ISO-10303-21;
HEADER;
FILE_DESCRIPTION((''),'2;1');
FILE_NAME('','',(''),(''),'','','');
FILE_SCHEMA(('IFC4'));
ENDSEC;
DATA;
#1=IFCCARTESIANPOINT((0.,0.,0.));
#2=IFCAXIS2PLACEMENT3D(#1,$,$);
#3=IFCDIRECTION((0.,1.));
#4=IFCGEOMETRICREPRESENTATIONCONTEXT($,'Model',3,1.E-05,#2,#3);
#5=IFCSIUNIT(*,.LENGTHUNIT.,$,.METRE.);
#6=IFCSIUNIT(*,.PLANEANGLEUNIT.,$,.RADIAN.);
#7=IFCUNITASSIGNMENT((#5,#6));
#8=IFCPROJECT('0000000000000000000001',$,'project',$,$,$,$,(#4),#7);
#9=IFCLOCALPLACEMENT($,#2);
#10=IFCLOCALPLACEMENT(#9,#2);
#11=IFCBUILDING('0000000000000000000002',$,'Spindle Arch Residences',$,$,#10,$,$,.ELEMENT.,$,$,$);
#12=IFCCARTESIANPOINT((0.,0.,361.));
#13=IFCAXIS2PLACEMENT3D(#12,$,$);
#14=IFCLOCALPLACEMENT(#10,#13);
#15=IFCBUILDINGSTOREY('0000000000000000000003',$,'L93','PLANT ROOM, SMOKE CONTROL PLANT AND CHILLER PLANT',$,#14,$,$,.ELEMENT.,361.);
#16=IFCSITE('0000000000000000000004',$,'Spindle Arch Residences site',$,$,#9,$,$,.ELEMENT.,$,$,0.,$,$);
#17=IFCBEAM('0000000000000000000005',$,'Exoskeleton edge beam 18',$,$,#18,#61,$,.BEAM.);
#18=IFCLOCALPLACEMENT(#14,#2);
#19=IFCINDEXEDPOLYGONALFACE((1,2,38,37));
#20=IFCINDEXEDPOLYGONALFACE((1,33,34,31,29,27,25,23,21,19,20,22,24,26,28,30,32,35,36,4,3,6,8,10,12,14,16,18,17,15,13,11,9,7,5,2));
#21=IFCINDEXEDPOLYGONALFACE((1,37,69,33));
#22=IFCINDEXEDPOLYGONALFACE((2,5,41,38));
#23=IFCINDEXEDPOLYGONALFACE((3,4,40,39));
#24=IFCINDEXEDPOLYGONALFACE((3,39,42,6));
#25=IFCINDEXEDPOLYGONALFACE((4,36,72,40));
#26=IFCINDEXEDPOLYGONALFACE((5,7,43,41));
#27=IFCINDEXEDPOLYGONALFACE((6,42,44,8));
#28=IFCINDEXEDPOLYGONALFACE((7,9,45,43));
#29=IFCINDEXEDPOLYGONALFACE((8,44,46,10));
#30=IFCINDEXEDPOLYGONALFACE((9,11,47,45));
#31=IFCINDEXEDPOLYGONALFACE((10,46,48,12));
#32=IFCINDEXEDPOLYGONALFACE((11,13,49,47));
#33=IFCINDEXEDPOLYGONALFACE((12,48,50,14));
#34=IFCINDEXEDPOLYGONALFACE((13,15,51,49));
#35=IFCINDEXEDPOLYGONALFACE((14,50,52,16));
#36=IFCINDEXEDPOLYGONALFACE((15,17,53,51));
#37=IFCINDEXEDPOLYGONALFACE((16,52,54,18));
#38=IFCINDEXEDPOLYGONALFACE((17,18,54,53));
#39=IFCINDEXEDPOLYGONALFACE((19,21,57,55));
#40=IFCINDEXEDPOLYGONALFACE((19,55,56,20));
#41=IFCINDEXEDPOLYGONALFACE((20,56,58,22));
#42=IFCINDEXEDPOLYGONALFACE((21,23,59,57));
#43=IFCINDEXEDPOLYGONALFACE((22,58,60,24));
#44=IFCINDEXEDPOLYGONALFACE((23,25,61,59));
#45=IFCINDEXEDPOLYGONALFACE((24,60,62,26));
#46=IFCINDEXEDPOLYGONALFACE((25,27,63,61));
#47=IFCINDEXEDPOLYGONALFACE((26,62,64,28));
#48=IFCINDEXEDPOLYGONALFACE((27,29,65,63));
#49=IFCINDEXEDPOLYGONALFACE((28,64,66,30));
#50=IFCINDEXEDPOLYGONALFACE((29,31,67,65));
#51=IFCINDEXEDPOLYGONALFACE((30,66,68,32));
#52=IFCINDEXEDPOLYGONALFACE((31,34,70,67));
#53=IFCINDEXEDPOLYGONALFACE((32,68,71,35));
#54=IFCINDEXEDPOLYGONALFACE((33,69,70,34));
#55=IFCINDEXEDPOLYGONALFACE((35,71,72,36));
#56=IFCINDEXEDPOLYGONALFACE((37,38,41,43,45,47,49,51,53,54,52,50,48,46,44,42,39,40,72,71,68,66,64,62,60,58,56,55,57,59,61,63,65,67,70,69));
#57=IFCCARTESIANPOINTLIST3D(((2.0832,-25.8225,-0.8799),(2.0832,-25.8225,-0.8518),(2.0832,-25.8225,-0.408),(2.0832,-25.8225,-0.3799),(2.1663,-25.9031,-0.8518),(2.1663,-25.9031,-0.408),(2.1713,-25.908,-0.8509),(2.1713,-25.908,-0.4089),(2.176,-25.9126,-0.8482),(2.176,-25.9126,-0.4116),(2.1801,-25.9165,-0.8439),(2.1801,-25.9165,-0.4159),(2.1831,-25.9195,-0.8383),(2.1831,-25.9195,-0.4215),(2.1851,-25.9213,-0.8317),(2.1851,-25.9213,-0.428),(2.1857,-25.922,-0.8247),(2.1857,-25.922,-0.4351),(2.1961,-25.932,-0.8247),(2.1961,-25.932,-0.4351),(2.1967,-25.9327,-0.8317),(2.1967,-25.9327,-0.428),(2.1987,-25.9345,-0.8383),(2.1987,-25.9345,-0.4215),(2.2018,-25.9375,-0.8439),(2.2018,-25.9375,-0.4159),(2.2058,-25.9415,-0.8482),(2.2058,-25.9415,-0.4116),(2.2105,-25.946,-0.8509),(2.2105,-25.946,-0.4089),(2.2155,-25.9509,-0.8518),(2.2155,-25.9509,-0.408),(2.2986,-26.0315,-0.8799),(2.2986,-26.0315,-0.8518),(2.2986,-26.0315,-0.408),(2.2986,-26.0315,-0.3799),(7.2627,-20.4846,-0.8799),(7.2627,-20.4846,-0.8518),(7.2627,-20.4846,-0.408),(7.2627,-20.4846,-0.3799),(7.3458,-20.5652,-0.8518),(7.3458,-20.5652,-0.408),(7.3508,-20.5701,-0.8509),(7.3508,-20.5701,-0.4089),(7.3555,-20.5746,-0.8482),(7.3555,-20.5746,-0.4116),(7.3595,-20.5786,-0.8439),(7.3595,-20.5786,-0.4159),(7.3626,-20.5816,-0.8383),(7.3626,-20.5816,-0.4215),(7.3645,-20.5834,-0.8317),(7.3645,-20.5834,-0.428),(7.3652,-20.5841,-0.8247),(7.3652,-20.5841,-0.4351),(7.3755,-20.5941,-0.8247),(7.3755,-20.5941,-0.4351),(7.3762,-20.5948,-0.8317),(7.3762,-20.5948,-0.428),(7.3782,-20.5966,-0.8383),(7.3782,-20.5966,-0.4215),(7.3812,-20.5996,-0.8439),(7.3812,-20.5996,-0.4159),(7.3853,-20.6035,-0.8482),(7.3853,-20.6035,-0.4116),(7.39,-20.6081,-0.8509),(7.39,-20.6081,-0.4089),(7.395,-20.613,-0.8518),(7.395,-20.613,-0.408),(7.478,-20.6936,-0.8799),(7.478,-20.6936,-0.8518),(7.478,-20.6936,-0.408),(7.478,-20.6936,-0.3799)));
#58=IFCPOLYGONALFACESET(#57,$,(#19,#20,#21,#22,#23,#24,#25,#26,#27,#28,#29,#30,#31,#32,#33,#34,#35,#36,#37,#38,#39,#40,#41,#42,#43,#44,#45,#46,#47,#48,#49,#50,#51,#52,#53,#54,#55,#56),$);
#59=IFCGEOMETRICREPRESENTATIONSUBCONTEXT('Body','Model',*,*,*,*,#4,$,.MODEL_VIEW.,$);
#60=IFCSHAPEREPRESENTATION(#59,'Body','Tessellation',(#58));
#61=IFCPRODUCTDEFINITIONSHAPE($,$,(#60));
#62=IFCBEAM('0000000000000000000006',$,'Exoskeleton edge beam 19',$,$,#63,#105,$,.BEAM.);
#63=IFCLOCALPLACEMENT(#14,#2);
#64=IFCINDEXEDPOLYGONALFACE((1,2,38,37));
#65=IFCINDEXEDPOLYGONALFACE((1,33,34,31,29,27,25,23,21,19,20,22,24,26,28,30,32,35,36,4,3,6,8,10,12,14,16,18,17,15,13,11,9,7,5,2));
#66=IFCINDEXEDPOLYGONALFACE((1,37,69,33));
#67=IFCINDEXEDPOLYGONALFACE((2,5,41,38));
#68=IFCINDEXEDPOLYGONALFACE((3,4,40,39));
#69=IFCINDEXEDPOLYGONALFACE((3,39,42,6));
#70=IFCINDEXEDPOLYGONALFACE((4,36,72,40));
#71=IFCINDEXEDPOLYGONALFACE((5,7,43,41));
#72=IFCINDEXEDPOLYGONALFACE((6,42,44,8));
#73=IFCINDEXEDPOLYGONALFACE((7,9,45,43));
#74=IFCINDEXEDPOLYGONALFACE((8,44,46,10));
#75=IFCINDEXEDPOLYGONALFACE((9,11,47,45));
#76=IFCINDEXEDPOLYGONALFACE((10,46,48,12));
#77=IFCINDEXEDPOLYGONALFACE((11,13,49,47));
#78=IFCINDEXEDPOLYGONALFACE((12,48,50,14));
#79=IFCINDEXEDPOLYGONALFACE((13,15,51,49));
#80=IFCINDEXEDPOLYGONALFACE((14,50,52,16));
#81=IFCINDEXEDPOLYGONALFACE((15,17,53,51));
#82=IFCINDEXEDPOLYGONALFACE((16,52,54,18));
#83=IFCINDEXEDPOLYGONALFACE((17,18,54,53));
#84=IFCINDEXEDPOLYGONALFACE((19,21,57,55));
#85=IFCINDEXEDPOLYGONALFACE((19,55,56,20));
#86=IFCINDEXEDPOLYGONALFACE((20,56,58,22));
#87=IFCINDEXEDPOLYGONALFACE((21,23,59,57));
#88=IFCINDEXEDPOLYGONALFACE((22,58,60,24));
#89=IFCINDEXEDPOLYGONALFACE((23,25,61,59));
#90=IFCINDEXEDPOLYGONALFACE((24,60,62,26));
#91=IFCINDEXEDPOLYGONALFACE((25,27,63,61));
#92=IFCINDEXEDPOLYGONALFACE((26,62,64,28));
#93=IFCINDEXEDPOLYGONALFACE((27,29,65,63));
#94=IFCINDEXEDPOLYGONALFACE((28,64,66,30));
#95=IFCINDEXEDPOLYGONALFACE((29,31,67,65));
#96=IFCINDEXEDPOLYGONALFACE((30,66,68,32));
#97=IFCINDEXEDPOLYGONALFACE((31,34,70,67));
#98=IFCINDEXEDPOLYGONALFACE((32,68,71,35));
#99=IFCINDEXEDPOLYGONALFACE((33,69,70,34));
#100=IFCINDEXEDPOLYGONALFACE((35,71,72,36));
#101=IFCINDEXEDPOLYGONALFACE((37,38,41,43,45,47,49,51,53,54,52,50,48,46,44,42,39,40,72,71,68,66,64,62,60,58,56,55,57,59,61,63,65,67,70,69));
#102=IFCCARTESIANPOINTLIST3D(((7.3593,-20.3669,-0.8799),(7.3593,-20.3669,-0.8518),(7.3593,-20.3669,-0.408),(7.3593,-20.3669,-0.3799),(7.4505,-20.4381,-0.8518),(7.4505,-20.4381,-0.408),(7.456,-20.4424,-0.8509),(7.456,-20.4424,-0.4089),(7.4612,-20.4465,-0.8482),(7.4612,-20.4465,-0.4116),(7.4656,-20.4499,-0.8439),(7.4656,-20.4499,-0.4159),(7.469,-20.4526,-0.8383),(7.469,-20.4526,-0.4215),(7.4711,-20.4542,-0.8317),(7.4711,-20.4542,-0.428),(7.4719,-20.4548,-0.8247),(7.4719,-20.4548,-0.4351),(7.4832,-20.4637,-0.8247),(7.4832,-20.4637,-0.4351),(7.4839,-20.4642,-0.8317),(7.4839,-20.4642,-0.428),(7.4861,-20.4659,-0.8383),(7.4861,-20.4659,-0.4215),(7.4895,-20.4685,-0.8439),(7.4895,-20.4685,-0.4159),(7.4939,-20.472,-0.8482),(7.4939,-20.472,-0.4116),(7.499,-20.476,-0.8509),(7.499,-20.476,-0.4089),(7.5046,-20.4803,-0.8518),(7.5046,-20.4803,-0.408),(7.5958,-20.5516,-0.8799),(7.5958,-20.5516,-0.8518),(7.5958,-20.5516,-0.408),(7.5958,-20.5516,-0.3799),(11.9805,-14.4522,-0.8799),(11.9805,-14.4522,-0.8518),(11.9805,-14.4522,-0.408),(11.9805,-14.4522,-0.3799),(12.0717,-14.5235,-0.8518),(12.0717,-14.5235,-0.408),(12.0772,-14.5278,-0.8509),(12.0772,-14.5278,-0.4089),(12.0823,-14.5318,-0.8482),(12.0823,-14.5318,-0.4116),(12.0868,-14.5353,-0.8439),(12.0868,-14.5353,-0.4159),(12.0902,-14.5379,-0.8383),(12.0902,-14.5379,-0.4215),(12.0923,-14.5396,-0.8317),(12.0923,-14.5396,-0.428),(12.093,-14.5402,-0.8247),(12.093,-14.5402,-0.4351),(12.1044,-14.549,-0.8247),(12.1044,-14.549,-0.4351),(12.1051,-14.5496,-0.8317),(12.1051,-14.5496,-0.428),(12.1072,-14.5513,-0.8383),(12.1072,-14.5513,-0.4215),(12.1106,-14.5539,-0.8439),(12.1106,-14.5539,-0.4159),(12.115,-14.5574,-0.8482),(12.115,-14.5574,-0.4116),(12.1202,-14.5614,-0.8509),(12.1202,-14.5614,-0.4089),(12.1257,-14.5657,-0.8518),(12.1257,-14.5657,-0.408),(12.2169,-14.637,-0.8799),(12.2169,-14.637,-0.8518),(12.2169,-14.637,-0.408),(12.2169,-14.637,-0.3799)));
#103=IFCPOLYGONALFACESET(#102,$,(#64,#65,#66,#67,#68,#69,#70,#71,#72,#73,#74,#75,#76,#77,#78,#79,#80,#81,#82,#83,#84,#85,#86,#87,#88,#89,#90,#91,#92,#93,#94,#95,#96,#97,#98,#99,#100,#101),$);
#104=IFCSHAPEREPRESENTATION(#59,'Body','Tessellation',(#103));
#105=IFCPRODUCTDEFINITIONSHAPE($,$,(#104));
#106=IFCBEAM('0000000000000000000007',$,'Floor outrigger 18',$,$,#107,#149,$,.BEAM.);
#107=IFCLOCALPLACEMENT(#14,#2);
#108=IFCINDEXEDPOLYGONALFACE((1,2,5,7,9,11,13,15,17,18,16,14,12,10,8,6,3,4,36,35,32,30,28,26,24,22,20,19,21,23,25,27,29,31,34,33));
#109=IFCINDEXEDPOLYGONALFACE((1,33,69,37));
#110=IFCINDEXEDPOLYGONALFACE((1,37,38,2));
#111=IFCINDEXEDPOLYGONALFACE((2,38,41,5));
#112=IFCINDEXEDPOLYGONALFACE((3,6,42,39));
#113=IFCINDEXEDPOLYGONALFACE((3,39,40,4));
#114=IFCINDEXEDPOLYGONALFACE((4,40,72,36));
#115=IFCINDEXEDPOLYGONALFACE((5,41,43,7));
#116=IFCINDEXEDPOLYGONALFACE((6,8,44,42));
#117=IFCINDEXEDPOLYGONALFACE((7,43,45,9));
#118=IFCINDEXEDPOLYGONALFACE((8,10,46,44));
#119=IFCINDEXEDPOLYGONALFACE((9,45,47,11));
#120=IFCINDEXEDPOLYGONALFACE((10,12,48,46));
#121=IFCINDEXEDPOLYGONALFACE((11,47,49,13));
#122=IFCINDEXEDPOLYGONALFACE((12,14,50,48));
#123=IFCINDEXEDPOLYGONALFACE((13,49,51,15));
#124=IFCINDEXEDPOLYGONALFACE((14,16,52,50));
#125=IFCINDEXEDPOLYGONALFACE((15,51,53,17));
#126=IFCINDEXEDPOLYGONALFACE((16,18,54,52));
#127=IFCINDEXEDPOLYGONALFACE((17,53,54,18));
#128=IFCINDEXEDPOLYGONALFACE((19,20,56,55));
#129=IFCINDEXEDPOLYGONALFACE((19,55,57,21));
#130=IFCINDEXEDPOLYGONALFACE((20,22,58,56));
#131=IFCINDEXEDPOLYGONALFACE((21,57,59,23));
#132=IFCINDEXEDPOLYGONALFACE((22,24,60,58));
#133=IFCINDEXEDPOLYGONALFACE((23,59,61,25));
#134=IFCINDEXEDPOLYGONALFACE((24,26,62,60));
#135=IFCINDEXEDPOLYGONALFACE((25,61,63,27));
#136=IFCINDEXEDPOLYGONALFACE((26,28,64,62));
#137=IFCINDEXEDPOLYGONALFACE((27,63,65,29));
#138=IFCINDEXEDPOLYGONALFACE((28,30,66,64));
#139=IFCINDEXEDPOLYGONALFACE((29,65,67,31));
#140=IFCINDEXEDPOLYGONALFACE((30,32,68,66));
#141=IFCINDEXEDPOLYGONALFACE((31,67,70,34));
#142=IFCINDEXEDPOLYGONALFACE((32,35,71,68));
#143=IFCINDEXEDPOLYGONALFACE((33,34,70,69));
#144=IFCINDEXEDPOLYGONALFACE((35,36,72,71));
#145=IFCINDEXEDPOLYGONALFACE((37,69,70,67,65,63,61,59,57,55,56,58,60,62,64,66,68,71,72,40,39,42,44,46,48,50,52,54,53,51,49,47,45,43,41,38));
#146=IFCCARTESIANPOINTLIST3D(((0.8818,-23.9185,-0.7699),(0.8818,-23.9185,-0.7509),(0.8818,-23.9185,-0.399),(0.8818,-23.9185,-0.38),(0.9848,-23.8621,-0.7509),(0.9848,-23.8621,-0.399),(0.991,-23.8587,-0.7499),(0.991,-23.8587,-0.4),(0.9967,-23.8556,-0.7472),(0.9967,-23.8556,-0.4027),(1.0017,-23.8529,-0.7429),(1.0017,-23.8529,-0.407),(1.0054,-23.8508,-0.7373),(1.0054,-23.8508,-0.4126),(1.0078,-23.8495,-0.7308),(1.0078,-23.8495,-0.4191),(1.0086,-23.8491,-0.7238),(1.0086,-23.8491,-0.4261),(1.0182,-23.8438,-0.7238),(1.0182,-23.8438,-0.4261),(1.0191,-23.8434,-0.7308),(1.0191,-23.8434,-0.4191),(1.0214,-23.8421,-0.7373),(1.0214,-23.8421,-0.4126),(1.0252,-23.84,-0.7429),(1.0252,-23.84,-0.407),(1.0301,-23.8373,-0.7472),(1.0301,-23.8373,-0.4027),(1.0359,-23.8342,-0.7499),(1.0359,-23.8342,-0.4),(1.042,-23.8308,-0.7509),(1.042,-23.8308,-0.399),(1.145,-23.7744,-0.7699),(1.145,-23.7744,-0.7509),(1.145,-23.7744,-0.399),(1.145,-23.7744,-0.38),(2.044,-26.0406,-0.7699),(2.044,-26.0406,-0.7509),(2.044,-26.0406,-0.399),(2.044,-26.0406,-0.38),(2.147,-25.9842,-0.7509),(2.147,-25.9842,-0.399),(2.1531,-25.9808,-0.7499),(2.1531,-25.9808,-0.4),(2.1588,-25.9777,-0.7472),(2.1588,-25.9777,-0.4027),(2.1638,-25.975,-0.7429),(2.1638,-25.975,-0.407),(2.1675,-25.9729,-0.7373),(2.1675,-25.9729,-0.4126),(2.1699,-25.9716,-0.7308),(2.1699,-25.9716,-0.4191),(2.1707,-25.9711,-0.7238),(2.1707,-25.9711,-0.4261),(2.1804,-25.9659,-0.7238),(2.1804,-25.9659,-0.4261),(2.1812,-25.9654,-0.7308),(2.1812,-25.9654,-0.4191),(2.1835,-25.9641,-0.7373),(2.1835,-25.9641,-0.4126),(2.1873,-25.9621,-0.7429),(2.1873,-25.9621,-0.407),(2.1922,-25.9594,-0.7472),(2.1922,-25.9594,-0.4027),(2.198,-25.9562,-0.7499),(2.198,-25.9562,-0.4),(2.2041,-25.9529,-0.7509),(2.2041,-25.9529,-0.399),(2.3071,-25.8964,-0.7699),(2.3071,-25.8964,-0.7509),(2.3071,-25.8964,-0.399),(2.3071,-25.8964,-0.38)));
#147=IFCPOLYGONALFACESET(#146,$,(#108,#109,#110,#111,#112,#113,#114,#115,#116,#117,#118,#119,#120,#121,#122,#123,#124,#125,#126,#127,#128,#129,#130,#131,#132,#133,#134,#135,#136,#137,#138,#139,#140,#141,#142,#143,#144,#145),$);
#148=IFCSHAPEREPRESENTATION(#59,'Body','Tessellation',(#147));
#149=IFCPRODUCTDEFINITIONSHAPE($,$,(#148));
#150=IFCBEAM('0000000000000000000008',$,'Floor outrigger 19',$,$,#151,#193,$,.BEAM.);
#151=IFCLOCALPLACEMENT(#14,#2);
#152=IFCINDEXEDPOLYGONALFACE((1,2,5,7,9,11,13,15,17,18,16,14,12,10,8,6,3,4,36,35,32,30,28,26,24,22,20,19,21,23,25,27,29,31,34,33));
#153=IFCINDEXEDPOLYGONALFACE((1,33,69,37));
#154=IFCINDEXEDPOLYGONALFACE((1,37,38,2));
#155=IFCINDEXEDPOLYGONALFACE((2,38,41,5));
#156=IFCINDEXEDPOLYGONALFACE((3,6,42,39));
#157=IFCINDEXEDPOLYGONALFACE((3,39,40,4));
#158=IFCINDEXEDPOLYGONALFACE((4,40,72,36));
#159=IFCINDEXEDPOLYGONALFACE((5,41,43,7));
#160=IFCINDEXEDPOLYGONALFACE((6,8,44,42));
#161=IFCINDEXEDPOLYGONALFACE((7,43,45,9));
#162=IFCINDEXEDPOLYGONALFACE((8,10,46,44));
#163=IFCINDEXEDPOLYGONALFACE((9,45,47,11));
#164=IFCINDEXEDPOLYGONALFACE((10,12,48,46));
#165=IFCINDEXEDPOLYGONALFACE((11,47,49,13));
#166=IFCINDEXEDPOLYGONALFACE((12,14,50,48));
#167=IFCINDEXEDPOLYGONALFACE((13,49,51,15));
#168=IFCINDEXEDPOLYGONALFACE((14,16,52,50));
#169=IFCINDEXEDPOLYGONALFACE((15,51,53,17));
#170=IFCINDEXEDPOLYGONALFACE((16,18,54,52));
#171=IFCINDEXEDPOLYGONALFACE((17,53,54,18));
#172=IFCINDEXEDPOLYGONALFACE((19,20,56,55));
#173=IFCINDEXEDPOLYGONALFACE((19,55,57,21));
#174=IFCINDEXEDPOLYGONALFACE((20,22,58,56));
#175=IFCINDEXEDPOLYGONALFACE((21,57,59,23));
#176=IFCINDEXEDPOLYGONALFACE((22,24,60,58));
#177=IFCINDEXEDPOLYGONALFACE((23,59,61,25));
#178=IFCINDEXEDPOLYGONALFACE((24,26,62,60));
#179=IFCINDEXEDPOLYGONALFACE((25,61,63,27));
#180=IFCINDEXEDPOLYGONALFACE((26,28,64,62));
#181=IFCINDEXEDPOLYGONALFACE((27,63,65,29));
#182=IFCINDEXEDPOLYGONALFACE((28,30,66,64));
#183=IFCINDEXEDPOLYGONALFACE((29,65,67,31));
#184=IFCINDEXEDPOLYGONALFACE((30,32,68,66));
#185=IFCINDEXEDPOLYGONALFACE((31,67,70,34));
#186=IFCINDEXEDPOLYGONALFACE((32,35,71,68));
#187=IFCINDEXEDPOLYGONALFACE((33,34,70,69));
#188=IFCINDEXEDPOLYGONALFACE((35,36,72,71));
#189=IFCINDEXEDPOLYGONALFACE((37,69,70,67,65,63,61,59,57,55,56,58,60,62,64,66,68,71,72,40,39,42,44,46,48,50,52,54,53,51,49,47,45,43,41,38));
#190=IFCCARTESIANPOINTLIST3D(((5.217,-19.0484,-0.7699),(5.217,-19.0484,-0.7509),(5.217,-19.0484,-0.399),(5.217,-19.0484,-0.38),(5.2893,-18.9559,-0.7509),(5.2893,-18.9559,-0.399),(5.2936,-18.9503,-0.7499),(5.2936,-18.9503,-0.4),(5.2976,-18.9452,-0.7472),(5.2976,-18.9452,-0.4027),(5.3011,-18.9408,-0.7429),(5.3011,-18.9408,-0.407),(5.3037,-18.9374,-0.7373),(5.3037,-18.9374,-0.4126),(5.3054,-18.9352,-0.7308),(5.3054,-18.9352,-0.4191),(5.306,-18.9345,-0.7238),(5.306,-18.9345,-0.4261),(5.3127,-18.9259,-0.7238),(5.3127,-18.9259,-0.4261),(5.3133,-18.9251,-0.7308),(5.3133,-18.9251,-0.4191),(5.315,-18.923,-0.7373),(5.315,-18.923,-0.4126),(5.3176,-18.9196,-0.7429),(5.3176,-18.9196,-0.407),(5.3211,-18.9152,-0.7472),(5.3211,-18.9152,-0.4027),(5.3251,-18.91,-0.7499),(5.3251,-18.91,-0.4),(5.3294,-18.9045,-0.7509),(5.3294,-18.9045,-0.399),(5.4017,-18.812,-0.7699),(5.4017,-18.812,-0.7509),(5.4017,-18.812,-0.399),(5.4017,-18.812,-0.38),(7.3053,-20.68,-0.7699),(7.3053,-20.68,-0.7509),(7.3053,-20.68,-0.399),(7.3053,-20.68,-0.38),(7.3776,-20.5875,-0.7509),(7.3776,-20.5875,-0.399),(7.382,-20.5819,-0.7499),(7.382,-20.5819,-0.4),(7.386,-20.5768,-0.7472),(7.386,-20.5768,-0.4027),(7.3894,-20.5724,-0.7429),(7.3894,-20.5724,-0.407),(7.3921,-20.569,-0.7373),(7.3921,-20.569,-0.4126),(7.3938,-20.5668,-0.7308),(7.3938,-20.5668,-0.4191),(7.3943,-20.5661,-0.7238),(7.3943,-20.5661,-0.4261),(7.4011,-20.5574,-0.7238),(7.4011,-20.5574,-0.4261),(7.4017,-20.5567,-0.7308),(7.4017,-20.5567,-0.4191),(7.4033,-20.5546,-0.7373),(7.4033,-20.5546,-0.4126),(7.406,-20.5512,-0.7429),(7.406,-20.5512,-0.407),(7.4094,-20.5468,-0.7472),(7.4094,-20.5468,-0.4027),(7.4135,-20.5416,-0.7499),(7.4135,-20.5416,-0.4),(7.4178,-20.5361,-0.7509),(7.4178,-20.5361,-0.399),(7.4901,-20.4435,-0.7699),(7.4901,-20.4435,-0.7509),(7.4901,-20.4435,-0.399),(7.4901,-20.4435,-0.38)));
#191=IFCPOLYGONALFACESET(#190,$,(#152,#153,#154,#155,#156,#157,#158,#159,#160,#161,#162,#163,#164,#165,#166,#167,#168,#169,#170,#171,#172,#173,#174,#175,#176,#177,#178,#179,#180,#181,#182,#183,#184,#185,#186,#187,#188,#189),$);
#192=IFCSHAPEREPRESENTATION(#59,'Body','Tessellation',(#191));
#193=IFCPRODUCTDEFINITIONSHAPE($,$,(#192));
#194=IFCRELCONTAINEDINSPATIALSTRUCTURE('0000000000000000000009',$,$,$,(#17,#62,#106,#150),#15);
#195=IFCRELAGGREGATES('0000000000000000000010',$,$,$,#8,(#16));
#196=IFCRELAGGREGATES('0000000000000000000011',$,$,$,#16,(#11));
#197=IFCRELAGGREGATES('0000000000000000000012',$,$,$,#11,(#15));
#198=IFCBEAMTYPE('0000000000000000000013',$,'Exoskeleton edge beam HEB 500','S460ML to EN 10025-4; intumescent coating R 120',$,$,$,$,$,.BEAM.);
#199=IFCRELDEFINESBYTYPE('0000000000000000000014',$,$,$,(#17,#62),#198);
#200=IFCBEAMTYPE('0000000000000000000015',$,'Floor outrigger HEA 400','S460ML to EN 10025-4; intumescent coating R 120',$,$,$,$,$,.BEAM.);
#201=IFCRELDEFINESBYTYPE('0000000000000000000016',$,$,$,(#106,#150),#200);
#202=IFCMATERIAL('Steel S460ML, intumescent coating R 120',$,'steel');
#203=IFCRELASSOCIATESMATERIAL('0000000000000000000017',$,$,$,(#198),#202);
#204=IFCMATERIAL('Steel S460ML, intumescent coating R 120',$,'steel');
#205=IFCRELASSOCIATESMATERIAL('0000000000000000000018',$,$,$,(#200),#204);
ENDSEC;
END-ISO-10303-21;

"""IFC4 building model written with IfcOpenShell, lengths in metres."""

from ifc_helpers import new_model, si_unit, direction, frame, origin, origin_2d, place, context, subcontext, project, spatial, i_section, extrude, material, material_profile, profile_set, type_object, element, save


model = new_model("IFC4")

# Units and contexts
model_context = context("Model", 3, precision=1e-05, world=origin(), true_north=direction((0.0, 1.0)))
body_context = subcontext(model_context, "Body", "Model", "MODEL_VIEW")
ifc_project = project(units=[si_unit("LENGTHUNIT", "METRE"), si_unit("PLANEANGLEUNIT", "RADIAN")], contexts=[model_context])

# Site, building, storey
site_placement = place(None, origin())
site = spatial("IfcSite", under=ifc_project, at=site_placement, Name="Spindle Arch Residences site", CompositionType="ELEMENT", RefElevation=0.0)
building_placement = place(site_placement, origin())
building = spatial("IfcBuilding", under=site, at=building_placement, Name="Spindle Arch Residences", CompositionType="ELEMENT")
storey_placement = place(building_placement, frame((0.0, 0.0, 361.0)))
storey = spatial("IfcBuildingStorey", under=building, at=storey_placement, Name="L93", Description="PLANT ROOM, SMOKE CONTROL PLANT AND CHILLER PLANT", CompositionType="ELEMENT", Elevation=361.0)

# Beams
ifc_material_1 = material(Name="Steel S460ML, intumescent coating R 120", Category="steel")
ifc_material_profile_1 = material_profile(ifc_material_1, i_section(OverallWidth=0.3, OverallDepth=0.5, WebThickness=0.0144, FlangeThickness=0.0281, FilletRadius=0.0271, at=origin_2d()), Name="HEB 500")
ifc_profile_set_1 = profile_set([ifc_material_profile_1], Name="Steel S460ML, intumescent coating R 120")
beam_type_1 = type_object("IfcBeamType", Name="Exoskeleton edge beam HEB 500", Description="S460ML to EN 10025-4; intumescent coating R 120", PredefinedType="BEAM", material=ifc_profile_set_1)
beam_1_placement = place(storey_placement, frame((2.1909, -25.927, -0.6299), z_axis=(0.696375, 0.717678, 0.0), x_axis=(-0.717678, 0.696375, 0.0)))
element("IfcBeam", 1, at=beam_1_placement, inside=storey, type_object=beam_type_1, Name="Exoskeleton edge beam 18", PredefinedType="BEAM", context=body_context, shape_type="SweptSolid", body=[
    extrude(i_section(OverallWidth=0.3, OverallDepth=0.5, WebThickness=0.0144, FlangeThickness=0.0281, FilletRadius=0.0271, at=origin_2d()), origin(), (0.0, 0.0, 1.0), 7.4377),
])
beam_2_placement = place(storey_placement, frame((7.4775, -20.4592, -0.6299), z_axis=(0.615673, 0.788002, 0.0), x_axis=(-0.788002, 0.615673, 0.0)))
element("IfcBeam", 2, at=beam_2_placement, inside=storey, type_object=beam_type_1, Name="Exoskeleton edge beam 19", PredefinedType="BEAM", context=body_context, shape_type="SweptSolid", body=[
    extrude(i_section(OverallWidth=0.3, OverallDepth=0.5, WebThickness=0.0144, FlangeThickness=0.0281, FilletRadius=0.0271, at=origin_2d()), origin(), (0.0, 0.0, 1.0), 7.5059),
])
ifc_material_2 = material(Name="Steel S460ML, intumescent coating R 120", Category="steel")
ifc_material_profile_2 = material_profile(ifc_material_2, i_section(OverallWidth=0.3, OverallDepth=0.3899, WebThickness=0.011, FlangeThickness=0.019, FilletRadius=0.0271, at=origin_2d()), Name="HEA 400")
ifc_profile_set_2 = profile_set([ifc_material_profile_2], Name="Steel S460ML, intumescent coating R 120")
beam_type_2 = type_object("IfcBeamType", Name="Floor outrigger HEA 400", Description="S460ML to EN 10025-4; intumescent coating R 120", PredefinedType="BEAM", material=ifc_profile_set_2)
beam_3_placement = place(storey_placement, frame((2.1755, -25.9685, -0.575), z_axis=(-0.480322, 0.877092, 0.0), x_axis=(-0.877092, -0.480322, 0.0)))
element("IfcBeam", 3, at=beam_3_placement, inside=storey, type_object=beam_type_2, Name="Floor outrigger 18", PredefinedType="BEAM", context=body_context, shape_type="SweptSolid", body=[
    extrude(i_section(OverallWidth=0.3, OverallDepth=0.3899, WebThickness=0.011, FlangeThickness=0.019, FilletRadius=0.0271, at=origin_2d()), origin(), (0.0, 0.0, 1.0), 2.4194),
])
beam_4_placement = place(storey_placement, frame((7.3977, -20.5618, -0.575), z_axis=(-0.788016, 0.615655, 0.0), x_axis=(-0.615655, -0.788016, 0.0)))
element("IfcBeam", 4, at=beam_4_placement, inside=storey, type_object=beam_type_2, Name="Floor outrigger 19", PredefinedType="BEAM", context=body_context, shape_type="SweptSolid", body=[
    extrude(i_section(OverallWidth=0.3, OverallDepth=0.3899, WebThickness=0.011, FlangeThickness=0.019, FilletRadius=0.0271, at=origin_2d()), origin(), (0.0, 0.0, 1.0), 2.6501),
])

save(model, "model.ifc")
